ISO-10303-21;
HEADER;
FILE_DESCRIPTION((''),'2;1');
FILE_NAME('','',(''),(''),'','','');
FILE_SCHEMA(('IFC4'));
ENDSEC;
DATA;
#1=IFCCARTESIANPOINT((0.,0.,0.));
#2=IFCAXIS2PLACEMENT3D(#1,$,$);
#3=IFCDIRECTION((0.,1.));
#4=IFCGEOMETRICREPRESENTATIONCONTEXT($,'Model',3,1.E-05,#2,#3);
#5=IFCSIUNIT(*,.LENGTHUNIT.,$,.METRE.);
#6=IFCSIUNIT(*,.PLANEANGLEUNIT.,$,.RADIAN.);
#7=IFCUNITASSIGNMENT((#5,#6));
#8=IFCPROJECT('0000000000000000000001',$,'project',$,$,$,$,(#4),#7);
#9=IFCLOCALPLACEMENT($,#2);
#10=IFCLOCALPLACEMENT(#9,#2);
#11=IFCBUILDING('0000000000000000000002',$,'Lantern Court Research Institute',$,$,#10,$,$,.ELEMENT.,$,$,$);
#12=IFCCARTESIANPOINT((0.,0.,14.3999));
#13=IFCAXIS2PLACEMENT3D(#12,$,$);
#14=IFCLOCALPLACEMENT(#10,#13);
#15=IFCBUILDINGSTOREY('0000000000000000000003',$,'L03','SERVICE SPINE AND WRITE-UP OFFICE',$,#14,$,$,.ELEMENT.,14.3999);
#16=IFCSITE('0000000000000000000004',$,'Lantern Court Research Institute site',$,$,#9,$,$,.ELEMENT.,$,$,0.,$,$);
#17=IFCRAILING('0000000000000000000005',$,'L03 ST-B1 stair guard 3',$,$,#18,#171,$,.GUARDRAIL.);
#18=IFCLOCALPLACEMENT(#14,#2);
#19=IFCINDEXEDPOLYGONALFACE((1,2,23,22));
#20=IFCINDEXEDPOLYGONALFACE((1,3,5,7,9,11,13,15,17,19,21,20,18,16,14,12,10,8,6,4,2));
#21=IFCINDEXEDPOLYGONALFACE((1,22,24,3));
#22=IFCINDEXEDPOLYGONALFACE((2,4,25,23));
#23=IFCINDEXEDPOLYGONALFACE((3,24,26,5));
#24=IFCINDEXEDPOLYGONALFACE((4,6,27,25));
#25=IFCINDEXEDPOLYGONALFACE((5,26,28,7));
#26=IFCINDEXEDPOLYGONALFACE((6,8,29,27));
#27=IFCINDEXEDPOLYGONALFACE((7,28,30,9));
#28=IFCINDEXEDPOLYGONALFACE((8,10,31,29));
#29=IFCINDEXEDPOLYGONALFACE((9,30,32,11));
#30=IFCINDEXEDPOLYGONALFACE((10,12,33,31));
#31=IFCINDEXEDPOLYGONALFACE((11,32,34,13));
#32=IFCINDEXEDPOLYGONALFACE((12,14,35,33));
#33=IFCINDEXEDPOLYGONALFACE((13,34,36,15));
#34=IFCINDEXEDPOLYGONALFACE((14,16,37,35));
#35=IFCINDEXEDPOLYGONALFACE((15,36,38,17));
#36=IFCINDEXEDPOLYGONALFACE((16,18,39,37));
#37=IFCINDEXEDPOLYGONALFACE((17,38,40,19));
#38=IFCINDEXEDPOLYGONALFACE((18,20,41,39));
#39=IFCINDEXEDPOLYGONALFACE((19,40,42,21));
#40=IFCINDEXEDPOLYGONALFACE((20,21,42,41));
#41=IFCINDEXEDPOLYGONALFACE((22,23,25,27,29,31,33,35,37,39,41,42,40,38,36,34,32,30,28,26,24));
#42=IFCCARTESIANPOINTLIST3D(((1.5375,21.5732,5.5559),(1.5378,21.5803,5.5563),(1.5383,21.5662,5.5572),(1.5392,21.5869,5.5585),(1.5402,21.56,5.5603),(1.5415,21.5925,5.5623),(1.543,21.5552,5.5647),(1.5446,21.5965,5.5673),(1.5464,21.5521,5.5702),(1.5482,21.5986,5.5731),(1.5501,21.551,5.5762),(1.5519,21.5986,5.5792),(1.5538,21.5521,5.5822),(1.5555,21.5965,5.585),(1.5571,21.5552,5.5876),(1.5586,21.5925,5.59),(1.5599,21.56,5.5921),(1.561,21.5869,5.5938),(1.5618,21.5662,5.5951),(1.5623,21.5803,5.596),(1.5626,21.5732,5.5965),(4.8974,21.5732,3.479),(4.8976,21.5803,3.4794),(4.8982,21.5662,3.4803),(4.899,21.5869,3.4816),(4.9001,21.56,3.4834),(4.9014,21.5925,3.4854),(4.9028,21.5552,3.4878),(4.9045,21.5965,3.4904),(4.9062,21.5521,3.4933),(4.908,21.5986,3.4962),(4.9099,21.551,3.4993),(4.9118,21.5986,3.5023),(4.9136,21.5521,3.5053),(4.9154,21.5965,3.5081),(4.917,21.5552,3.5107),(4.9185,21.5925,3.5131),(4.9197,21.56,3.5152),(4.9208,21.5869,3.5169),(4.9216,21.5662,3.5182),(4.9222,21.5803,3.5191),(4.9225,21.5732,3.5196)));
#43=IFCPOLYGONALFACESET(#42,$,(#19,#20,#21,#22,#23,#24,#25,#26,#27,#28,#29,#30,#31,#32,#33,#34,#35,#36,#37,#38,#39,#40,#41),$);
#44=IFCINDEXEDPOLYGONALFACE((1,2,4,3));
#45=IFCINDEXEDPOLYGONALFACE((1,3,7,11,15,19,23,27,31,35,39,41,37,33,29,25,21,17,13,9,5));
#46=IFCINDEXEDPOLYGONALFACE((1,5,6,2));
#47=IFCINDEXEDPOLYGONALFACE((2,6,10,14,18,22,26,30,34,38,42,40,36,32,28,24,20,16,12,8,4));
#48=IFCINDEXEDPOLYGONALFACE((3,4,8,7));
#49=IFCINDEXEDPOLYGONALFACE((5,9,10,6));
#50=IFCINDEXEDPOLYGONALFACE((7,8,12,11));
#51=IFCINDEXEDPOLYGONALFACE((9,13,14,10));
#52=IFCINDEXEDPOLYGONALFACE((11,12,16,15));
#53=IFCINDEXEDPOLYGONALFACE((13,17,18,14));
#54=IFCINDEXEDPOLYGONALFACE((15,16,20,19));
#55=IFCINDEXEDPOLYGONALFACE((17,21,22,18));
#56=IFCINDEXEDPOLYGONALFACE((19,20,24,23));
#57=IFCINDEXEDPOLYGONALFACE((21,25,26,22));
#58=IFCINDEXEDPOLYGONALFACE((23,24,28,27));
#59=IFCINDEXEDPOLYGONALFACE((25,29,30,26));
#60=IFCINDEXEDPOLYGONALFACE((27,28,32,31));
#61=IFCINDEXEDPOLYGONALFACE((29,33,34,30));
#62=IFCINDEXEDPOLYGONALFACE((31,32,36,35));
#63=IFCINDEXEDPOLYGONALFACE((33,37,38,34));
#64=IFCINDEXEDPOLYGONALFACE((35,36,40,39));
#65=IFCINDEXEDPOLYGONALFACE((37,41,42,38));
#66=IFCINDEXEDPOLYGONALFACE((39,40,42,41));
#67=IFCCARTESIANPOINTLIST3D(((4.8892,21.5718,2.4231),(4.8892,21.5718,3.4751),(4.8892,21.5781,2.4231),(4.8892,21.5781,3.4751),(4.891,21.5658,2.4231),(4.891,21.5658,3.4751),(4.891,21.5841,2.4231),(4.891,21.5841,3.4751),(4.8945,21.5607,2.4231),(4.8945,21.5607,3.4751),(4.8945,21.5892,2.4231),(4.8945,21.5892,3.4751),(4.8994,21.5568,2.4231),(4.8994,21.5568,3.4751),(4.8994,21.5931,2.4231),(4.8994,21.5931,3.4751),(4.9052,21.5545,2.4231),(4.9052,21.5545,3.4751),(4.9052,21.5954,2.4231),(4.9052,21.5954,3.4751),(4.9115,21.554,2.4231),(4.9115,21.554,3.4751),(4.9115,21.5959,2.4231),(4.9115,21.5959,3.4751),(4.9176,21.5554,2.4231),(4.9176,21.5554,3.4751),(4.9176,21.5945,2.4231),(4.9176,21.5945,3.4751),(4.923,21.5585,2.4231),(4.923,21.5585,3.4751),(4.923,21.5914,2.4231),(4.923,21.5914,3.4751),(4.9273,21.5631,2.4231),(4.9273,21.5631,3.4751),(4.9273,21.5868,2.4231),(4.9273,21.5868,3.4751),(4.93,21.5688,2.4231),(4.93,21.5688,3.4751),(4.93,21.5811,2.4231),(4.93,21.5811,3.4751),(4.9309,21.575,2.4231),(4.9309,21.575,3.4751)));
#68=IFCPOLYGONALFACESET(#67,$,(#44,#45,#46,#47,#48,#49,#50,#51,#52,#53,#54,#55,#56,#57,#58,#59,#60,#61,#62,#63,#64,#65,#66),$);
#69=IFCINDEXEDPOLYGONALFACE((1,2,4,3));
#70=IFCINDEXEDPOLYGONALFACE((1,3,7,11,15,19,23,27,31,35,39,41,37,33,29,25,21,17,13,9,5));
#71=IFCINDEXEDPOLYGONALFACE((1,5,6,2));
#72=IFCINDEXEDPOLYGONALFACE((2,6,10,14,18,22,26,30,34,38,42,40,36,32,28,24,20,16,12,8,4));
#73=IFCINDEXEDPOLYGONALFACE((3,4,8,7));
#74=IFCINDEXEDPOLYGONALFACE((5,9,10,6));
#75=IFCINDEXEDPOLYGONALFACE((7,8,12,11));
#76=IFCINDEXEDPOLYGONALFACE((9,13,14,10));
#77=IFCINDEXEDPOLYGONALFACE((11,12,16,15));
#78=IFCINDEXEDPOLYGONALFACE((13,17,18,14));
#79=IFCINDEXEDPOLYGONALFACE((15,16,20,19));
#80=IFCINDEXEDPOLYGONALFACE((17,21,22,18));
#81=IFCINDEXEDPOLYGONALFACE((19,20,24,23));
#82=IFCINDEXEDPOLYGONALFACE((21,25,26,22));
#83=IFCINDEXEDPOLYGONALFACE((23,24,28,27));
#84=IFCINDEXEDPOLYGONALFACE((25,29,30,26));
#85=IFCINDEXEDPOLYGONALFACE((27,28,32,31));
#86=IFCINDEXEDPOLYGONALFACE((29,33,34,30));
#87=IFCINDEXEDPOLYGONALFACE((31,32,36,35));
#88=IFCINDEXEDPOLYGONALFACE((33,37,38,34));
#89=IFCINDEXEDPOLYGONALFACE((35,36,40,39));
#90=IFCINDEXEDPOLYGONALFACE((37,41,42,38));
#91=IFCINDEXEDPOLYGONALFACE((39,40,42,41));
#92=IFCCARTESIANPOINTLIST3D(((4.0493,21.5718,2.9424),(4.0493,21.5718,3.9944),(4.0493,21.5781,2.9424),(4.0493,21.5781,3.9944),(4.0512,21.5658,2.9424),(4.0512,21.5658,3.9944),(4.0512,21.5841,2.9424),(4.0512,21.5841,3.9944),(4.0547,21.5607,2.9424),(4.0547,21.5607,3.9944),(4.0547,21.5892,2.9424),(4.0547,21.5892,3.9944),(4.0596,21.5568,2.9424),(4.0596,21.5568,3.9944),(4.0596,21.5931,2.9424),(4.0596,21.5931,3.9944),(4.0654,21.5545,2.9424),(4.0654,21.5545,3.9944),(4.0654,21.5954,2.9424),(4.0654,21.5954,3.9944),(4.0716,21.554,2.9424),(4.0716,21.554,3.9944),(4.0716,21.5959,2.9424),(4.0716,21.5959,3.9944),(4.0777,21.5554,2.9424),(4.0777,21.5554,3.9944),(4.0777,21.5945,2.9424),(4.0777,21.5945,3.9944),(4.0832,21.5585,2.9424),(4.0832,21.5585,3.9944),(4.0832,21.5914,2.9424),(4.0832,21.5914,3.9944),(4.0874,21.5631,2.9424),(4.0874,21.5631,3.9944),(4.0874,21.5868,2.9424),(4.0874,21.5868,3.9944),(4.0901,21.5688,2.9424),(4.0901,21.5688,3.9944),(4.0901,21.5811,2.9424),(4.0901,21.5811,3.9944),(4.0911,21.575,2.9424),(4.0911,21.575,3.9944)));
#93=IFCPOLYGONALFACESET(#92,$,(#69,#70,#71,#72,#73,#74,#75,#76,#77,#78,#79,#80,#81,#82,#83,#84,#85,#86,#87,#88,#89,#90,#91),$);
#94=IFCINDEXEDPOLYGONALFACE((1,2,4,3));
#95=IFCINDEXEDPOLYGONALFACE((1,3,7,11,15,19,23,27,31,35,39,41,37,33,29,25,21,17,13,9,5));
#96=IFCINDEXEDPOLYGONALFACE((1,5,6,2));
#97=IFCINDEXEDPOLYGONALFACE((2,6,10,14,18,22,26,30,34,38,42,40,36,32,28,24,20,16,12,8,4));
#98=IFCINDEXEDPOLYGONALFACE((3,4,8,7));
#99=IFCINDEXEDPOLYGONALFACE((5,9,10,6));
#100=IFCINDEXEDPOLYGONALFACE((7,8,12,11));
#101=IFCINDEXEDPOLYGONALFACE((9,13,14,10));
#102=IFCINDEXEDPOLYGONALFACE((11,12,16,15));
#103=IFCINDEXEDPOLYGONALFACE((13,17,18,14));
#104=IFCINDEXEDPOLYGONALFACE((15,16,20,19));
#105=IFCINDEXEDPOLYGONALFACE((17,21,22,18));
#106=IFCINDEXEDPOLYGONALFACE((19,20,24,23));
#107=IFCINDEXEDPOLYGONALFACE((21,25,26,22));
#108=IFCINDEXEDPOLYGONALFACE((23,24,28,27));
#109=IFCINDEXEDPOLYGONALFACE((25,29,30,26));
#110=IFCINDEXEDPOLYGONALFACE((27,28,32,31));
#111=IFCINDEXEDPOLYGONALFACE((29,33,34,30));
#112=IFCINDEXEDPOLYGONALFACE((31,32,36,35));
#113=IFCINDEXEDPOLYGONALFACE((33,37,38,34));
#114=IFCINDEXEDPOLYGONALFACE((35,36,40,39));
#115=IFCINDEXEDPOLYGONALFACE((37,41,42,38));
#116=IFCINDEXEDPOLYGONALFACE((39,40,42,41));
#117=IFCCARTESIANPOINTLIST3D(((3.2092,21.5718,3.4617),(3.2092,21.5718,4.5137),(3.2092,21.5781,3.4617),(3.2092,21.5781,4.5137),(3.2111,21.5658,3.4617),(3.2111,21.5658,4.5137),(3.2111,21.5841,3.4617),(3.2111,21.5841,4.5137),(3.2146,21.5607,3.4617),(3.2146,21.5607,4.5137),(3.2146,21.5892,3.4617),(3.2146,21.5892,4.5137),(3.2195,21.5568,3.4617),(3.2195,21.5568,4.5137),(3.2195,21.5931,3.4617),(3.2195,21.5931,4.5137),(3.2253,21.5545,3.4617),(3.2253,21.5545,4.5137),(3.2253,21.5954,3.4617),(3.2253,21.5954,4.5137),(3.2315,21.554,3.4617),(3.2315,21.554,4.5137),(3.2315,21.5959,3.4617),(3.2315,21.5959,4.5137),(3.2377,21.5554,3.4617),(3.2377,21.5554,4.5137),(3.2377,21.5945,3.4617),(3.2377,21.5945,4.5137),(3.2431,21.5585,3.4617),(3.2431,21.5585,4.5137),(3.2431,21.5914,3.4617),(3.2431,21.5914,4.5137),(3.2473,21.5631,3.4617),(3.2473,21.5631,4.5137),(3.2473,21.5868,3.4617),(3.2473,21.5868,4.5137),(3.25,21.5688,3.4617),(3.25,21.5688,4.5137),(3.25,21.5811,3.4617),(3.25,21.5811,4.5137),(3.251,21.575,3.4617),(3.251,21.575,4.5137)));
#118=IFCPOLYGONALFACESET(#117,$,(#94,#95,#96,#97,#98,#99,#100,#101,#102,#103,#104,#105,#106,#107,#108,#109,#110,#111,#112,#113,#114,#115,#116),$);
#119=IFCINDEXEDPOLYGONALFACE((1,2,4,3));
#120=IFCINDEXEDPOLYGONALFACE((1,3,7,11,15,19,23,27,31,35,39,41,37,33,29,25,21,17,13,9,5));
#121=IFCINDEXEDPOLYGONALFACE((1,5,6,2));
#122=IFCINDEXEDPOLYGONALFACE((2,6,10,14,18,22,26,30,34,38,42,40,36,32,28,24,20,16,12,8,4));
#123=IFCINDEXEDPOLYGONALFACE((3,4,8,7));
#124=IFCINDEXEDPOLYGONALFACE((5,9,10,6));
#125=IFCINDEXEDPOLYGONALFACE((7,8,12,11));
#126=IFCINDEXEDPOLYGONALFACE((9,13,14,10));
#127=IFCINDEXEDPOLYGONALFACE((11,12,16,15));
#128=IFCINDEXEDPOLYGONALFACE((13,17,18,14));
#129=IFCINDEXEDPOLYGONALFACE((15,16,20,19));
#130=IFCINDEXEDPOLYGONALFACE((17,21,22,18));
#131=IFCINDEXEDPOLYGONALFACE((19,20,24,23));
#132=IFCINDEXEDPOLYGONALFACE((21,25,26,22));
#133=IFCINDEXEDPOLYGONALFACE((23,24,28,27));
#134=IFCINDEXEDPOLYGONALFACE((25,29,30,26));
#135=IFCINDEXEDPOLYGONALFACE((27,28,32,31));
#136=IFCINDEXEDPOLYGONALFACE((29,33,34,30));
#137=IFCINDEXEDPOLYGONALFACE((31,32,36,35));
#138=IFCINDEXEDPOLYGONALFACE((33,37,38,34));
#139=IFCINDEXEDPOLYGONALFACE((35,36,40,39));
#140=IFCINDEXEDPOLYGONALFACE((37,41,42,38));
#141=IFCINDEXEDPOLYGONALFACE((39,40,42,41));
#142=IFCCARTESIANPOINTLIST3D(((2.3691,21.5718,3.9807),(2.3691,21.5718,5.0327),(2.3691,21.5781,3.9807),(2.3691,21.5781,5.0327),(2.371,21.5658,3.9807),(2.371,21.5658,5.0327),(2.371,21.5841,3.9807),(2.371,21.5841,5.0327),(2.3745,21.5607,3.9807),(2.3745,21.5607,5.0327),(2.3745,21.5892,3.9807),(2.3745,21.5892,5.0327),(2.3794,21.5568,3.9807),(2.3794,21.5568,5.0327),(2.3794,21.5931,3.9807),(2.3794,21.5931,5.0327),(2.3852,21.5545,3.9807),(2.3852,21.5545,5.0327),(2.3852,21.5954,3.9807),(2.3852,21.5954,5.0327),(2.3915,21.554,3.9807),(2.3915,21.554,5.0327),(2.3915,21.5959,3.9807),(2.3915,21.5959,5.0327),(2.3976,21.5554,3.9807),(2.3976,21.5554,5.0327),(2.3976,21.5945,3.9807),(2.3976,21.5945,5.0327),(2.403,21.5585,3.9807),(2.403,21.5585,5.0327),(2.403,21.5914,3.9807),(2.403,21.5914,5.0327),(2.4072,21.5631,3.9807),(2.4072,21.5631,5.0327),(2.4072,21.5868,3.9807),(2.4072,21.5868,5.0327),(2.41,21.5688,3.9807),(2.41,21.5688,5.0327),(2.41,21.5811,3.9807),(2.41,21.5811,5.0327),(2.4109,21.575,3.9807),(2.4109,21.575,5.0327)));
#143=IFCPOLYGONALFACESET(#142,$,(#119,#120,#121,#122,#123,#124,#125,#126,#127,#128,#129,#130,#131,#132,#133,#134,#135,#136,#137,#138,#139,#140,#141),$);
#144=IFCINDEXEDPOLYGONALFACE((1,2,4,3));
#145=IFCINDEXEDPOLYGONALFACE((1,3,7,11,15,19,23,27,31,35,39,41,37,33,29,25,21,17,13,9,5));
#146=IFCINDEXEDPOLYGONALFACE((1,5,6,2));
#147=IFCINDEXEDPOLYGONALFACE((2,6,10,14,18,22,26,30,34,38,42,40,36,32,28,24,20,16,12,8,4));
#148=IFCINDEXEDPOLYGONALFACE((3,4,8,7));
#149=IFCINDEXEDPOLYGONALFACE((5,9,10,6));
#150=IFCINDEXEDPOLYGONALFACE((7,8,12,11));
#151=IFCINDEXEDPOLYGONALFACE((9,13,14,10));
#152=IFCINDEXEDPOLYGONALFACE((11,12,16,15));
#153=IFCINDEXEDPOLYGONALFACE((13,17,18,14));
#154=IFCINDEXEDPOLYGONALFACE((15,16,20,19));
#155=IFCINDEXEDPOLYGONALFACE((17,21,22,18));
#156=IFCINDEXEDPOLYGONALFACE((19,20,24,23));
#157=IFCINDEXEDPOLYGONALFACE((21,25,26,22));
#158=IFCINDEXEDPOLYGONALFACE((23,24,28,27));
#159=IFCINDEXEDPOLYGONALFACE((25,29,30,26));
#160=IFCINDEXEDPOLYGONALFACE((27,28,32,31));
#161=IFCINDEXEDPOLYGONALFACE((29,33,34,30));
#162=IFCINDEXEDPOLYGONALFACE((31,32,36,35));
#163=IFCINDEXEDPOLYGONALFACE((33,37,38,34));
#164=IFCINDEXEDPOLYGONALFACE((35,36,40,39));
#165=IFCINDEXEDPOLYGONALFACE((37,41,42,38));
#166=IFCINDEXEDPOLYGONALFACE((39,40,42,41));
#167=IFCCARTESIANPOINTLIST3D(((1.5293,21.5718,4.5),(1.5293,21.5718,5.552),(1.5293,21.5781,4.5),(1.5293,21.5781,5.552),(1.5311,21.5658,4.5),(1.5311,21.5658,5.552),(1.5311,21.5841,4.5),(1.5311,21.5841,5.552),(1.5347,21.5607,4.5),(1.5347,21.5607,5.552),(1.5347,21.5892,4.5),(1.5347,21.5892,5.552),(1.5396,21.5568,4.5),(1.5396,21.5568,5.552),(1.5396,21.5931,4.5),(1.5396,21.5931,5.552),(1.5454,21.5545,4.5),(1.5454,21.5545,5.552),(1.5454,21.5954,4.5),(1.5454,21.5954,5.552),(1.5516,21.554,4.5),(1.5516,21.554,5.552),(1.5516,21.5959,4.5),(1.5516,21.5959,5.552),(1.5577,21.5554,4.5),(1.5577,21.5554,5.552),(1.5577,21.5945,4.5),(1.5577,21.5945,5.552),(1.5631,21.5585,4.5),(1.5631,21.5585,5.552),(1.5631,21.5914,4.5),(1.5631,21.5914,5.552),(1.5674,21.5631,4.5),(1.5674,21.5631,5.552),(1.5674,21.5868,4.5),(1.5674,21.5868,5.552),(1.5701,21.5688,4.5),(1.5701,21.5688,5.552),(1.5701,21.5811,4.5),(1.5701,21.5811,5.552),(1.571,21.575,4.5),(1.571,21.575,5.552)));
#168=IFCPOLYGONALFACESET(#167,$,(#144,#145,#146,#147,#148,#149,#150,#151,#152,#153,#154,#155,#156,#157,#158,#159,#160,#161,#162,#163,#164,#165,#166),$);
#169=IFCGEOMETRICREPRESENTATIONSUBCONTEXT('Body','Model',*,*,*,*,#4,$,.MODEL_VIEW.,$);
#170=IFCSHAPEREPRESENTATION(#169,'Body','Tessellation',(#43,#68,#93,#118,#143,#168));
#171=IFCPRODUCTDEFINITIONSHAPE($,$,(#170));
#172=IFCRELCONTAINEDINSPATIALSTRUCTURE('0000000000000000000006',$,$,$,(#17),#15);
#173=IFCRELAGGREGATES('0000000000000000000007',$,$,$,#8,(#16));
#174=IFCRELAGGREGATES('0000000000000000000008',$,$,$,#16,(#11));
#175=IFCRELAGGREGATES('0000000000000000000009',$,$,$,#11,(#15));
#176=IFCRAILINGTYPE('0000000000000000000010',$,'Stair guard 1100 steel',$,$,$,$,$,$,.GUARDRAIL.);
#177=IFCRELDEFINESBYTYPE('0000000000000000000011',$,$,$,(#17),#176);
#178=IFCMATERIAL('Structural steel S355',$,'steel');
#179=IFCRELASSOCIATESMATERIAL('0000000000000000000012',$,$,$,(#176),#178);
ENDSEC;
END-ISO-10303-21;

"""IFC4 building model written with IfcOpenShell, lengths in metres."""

from ifc_helpers import new_model, si_unit, direction, frame, origin, origin_2d, place, context, subcontext, project, spatial, circle, extrude, material, type_object, element, save


model = new_model("IFC4")

# Units and contexts
model_context = context("Model", 3, precision=1e-05, world=origin(), true_north=direction((0.0, 1.0)))
body_context = subcontext(model_context, "Body", "Model", "MODEL_VIEW")
ifc_project = project(units=[si_unit("LENGTHUNIT", "METRE"), si_unit("PLANEANGLEUNIT", "RADIAN")], contexts=[model_context])

# Site, building, storey
site_placement = place(None, origin())
site = spatial("IfcSite", under=ifc_project, at=site_placement, Name="Lantern Court Research Institute site", CompositionType="ELEMENT", RefElevation=0.0)
building_placement = place(site_placement, origin())
building = spatial("IfcBuilding", under=site, at=building_placement, Name="Lantern Court Research Institute", CompositionType="ELEMENT")
storey_placement = place(building_placement, frame((0.0, 0.0, 14.3999)))
storey = spatial("IfcBuildingStorey", under=building, at=storey_placement, Name="L03", Description="SERVICE SPINE AND WRITE-UP OFFICE", CompositionType="ELEMENT", Elevation=14.3999)

# Railing
ifc_material_1 = material(Name="Structural steel S355", Category="steel")
railing_type_1 = type_object("IfcRailingType", Name="Stair guard 1100 steel", PredefinedType="GUARDRAIL", material=ifc_material_1)
railing_1_placement = place(storey_placement, frame((4.9099, 21.575, 2.4231)))
element("IfcRailing", 1, at=railing_1_placement, inside=storey, type_object=railing_type_1, Name="L03 ST-B1 stair guard 3", PredefinedType="GUARDRAIL", context=body_context, shape_type="SweptSolid", body=[
    extrude(circle(Radius=0.0239, at=origin_2d()), frame((0.0, 0.0, 1.0762), z_axis=(-0.850606, 0.0, 0.525803), x_axis=(0.0, -1.0, 0.0)), (0.0, 0.0, 1.0), 3.95),
    extrude(circle(Radius=0.021, at=origin_2d()), origin(), (0.0, 0.0, 1.0), 1.052),
    extrude(circle(Radius=0.021, at=origin_2d()), frame((-0.8398, 0.0, 0.5193)), (0.0, 0.0, 1.0), 1.052),
    extrude(circle(Radius=0.021, at=origin_2d()), frame((-1.6799, 0.0, 1.0386)), (0.0, 0.0, 1.0), 1.052),
    extrude(circle(Radius=0.021, at=origin_2d()), frame((-2.52, 0.0, 1.5576)), (0.0, 0.0, 1.0), 1.052),
    extrude(circle(Radius=0.021, at=origin_2d()), frame((-3.3599, 0.0, 2.0769)), (0.0, 0.0, 1.0), 1.052),
])

save(model, "model.ifc")
